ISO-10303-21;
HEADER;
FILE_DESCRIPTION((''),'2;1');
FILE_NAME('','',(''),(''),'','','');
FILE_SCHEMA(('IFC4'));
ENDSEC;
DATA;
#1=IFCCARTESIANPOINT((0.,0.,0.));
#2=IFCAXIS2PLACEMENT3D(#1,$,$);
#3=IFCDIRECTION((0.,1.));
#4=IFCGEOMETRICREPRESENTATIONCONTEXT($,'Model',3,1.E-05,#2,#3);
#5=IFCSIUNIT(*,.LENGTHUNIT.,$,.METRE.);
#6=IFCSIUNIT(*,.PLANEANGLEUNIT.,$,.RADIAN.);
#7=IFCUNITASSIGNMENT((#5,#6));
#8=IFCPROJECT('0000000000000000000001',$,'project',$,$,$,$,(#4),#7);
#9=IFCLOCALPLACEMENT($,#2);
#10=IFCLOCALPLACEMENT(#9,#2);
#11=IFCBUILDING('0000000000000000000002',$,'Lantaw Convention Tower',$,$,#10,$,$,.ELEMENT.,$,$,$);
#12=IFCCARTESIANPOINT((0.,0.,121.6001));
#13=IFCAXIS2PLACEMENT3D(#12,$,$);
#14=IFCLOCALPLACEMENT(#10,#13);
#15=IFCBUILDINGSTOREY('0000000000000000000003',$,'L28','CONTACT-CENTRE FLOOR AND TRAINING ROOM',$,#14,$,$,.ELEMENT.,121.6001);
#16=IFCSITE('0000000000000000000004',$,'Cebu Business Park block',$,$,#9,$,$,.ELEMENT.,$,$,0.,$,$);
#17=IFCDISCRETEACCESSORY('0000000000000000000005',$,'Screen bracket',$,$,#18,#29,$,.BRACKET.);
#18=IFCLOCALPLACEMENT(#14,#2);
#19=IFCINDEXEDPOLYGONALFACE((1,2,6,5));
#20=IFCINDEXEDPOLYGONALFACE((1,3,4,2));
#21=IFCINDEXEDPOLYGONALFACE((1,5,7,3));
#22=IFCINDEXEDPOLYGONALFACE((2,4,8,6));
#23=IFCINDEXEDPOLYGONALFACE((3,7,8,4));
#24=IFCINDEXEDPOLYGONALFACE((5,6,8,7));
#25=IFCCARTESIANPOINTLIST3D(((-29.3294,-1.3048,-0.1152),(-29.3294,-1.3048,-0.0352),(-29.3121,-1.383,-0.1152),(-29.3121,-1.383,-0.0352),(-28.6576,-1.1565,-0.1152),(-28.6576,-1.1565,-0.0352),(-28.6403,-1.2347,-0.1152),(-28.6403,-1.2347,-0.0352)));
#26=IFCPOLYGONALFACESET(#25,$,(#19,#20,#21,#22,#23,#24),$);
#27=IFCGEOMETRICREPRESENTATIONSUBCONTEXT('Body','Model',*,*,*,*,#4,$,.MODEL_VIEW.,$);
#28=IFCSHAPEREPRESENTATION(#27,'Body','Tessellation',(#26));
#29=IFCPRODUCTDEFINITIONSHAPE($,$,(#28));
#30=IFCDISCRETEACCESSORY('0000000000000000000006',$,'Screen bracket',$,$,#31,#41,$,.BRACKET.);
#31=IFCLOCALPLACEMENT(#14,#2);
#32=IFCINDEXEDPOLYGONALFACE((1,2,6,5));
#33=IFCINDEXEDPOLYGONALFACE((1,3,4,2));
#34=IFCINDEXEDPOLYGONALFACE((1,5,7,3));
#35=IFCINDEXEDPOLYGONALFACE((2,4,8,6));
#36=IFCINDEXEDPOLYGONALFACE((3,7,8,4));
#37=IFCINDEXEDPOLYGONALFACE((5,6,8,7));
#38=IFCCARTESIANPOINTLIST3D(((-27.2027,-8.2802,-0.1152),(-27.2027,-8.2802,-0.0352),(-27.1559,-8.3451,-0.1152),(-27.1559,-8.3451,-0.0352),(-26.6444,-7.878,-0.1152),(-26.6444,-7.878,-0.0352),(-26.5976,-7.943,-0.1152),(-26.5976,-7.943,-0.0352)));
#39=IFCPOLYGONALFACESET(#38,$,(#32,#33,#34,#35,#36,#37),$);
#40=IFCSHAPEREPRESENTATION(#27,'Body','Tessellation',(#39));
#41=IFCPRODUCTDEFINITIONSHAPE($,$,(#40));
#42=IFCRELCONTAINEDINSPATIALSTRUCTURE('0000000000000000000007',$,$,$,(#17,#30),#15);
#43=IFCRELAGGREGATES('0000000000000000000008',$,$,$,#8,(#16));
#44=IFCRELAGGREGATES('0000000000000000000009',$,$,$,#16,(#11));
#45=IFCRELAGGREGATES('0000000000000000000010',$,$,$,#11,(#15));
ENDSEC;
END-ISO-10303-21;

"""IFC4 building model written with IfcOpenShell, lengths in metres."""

from ifc_helpers import new_model, si_unit, direction, frame, origin, origin_2d, place, context, subcontext, project, spatial, rectangle, extrude, element, save


model = new_model("IFC4")

# Units and contexts
model_context = context("Model", 3, precision=1e-05, world=origin(), true_north=direction((0.0, 1.0)))
body_context = subcontext(model_context, "Body", "Model", "MODEL_VIEW")
ifc_project = project(units=[si_unit("LENGTHUNIT", "METRE"), si_unit("PLANEANGLEUNIT", "RADIAN")], contexts=[model_context])

# Site, building, storey
site_placement = place(None, origin())
site = spatial("IfcSite", under=ifc_project, at=site_placement, Name="Cebu Business Park block", CompositionType="ELEMENT", RefElevation=0.0)
building_placement = place(site_placement, origin())
building = spatial("IfcBuilding", under=site, at=building_placement, Name="Lantaw Convention Tower", CompositionType="ELEMENT")
storey_placement = place(building_placement, frame((0.0, 0.0, 121.6001)))
storey = spatial("IfcBuildingStorey", under=building, at=storey_placement, Name="L28", Description="CONTACT-CENTRE FLOOR AND TRAINING ROOM", CompositionType="ELEMENT", Elevation=121.6001)

# Discrete accessories
for number, where, z_axis, x_axis, name in (
    (1, (-28.9849, -1.2698, -0.1152), (0.0, 0.0, 1.0), (0.215546, -0.976494, 0.0), "Screen bracket"),
    (2, (-26.9001, -8.1116, -0.1152), (0.0, 0.0, 1.0), (0.584513, -0.811385, 0.0), "Screen bracket"),
):
    element("IfcDiscreteAccessory", number, at=place(storey_placement, frame(where, z_axis=z_axis, x_axis=x_axis)), inside=storey, Name=name, PredefinedType="BRACKET", context=body_context, shape_type="SweptSolid", body=[
        extrude(rectangle(XDim=0.0801, YDim=0.688, at=origin_2d()), origin(), (0.0, 0.0, 1.0), 0.0801),
    ])

save(model, "model.ifc")
